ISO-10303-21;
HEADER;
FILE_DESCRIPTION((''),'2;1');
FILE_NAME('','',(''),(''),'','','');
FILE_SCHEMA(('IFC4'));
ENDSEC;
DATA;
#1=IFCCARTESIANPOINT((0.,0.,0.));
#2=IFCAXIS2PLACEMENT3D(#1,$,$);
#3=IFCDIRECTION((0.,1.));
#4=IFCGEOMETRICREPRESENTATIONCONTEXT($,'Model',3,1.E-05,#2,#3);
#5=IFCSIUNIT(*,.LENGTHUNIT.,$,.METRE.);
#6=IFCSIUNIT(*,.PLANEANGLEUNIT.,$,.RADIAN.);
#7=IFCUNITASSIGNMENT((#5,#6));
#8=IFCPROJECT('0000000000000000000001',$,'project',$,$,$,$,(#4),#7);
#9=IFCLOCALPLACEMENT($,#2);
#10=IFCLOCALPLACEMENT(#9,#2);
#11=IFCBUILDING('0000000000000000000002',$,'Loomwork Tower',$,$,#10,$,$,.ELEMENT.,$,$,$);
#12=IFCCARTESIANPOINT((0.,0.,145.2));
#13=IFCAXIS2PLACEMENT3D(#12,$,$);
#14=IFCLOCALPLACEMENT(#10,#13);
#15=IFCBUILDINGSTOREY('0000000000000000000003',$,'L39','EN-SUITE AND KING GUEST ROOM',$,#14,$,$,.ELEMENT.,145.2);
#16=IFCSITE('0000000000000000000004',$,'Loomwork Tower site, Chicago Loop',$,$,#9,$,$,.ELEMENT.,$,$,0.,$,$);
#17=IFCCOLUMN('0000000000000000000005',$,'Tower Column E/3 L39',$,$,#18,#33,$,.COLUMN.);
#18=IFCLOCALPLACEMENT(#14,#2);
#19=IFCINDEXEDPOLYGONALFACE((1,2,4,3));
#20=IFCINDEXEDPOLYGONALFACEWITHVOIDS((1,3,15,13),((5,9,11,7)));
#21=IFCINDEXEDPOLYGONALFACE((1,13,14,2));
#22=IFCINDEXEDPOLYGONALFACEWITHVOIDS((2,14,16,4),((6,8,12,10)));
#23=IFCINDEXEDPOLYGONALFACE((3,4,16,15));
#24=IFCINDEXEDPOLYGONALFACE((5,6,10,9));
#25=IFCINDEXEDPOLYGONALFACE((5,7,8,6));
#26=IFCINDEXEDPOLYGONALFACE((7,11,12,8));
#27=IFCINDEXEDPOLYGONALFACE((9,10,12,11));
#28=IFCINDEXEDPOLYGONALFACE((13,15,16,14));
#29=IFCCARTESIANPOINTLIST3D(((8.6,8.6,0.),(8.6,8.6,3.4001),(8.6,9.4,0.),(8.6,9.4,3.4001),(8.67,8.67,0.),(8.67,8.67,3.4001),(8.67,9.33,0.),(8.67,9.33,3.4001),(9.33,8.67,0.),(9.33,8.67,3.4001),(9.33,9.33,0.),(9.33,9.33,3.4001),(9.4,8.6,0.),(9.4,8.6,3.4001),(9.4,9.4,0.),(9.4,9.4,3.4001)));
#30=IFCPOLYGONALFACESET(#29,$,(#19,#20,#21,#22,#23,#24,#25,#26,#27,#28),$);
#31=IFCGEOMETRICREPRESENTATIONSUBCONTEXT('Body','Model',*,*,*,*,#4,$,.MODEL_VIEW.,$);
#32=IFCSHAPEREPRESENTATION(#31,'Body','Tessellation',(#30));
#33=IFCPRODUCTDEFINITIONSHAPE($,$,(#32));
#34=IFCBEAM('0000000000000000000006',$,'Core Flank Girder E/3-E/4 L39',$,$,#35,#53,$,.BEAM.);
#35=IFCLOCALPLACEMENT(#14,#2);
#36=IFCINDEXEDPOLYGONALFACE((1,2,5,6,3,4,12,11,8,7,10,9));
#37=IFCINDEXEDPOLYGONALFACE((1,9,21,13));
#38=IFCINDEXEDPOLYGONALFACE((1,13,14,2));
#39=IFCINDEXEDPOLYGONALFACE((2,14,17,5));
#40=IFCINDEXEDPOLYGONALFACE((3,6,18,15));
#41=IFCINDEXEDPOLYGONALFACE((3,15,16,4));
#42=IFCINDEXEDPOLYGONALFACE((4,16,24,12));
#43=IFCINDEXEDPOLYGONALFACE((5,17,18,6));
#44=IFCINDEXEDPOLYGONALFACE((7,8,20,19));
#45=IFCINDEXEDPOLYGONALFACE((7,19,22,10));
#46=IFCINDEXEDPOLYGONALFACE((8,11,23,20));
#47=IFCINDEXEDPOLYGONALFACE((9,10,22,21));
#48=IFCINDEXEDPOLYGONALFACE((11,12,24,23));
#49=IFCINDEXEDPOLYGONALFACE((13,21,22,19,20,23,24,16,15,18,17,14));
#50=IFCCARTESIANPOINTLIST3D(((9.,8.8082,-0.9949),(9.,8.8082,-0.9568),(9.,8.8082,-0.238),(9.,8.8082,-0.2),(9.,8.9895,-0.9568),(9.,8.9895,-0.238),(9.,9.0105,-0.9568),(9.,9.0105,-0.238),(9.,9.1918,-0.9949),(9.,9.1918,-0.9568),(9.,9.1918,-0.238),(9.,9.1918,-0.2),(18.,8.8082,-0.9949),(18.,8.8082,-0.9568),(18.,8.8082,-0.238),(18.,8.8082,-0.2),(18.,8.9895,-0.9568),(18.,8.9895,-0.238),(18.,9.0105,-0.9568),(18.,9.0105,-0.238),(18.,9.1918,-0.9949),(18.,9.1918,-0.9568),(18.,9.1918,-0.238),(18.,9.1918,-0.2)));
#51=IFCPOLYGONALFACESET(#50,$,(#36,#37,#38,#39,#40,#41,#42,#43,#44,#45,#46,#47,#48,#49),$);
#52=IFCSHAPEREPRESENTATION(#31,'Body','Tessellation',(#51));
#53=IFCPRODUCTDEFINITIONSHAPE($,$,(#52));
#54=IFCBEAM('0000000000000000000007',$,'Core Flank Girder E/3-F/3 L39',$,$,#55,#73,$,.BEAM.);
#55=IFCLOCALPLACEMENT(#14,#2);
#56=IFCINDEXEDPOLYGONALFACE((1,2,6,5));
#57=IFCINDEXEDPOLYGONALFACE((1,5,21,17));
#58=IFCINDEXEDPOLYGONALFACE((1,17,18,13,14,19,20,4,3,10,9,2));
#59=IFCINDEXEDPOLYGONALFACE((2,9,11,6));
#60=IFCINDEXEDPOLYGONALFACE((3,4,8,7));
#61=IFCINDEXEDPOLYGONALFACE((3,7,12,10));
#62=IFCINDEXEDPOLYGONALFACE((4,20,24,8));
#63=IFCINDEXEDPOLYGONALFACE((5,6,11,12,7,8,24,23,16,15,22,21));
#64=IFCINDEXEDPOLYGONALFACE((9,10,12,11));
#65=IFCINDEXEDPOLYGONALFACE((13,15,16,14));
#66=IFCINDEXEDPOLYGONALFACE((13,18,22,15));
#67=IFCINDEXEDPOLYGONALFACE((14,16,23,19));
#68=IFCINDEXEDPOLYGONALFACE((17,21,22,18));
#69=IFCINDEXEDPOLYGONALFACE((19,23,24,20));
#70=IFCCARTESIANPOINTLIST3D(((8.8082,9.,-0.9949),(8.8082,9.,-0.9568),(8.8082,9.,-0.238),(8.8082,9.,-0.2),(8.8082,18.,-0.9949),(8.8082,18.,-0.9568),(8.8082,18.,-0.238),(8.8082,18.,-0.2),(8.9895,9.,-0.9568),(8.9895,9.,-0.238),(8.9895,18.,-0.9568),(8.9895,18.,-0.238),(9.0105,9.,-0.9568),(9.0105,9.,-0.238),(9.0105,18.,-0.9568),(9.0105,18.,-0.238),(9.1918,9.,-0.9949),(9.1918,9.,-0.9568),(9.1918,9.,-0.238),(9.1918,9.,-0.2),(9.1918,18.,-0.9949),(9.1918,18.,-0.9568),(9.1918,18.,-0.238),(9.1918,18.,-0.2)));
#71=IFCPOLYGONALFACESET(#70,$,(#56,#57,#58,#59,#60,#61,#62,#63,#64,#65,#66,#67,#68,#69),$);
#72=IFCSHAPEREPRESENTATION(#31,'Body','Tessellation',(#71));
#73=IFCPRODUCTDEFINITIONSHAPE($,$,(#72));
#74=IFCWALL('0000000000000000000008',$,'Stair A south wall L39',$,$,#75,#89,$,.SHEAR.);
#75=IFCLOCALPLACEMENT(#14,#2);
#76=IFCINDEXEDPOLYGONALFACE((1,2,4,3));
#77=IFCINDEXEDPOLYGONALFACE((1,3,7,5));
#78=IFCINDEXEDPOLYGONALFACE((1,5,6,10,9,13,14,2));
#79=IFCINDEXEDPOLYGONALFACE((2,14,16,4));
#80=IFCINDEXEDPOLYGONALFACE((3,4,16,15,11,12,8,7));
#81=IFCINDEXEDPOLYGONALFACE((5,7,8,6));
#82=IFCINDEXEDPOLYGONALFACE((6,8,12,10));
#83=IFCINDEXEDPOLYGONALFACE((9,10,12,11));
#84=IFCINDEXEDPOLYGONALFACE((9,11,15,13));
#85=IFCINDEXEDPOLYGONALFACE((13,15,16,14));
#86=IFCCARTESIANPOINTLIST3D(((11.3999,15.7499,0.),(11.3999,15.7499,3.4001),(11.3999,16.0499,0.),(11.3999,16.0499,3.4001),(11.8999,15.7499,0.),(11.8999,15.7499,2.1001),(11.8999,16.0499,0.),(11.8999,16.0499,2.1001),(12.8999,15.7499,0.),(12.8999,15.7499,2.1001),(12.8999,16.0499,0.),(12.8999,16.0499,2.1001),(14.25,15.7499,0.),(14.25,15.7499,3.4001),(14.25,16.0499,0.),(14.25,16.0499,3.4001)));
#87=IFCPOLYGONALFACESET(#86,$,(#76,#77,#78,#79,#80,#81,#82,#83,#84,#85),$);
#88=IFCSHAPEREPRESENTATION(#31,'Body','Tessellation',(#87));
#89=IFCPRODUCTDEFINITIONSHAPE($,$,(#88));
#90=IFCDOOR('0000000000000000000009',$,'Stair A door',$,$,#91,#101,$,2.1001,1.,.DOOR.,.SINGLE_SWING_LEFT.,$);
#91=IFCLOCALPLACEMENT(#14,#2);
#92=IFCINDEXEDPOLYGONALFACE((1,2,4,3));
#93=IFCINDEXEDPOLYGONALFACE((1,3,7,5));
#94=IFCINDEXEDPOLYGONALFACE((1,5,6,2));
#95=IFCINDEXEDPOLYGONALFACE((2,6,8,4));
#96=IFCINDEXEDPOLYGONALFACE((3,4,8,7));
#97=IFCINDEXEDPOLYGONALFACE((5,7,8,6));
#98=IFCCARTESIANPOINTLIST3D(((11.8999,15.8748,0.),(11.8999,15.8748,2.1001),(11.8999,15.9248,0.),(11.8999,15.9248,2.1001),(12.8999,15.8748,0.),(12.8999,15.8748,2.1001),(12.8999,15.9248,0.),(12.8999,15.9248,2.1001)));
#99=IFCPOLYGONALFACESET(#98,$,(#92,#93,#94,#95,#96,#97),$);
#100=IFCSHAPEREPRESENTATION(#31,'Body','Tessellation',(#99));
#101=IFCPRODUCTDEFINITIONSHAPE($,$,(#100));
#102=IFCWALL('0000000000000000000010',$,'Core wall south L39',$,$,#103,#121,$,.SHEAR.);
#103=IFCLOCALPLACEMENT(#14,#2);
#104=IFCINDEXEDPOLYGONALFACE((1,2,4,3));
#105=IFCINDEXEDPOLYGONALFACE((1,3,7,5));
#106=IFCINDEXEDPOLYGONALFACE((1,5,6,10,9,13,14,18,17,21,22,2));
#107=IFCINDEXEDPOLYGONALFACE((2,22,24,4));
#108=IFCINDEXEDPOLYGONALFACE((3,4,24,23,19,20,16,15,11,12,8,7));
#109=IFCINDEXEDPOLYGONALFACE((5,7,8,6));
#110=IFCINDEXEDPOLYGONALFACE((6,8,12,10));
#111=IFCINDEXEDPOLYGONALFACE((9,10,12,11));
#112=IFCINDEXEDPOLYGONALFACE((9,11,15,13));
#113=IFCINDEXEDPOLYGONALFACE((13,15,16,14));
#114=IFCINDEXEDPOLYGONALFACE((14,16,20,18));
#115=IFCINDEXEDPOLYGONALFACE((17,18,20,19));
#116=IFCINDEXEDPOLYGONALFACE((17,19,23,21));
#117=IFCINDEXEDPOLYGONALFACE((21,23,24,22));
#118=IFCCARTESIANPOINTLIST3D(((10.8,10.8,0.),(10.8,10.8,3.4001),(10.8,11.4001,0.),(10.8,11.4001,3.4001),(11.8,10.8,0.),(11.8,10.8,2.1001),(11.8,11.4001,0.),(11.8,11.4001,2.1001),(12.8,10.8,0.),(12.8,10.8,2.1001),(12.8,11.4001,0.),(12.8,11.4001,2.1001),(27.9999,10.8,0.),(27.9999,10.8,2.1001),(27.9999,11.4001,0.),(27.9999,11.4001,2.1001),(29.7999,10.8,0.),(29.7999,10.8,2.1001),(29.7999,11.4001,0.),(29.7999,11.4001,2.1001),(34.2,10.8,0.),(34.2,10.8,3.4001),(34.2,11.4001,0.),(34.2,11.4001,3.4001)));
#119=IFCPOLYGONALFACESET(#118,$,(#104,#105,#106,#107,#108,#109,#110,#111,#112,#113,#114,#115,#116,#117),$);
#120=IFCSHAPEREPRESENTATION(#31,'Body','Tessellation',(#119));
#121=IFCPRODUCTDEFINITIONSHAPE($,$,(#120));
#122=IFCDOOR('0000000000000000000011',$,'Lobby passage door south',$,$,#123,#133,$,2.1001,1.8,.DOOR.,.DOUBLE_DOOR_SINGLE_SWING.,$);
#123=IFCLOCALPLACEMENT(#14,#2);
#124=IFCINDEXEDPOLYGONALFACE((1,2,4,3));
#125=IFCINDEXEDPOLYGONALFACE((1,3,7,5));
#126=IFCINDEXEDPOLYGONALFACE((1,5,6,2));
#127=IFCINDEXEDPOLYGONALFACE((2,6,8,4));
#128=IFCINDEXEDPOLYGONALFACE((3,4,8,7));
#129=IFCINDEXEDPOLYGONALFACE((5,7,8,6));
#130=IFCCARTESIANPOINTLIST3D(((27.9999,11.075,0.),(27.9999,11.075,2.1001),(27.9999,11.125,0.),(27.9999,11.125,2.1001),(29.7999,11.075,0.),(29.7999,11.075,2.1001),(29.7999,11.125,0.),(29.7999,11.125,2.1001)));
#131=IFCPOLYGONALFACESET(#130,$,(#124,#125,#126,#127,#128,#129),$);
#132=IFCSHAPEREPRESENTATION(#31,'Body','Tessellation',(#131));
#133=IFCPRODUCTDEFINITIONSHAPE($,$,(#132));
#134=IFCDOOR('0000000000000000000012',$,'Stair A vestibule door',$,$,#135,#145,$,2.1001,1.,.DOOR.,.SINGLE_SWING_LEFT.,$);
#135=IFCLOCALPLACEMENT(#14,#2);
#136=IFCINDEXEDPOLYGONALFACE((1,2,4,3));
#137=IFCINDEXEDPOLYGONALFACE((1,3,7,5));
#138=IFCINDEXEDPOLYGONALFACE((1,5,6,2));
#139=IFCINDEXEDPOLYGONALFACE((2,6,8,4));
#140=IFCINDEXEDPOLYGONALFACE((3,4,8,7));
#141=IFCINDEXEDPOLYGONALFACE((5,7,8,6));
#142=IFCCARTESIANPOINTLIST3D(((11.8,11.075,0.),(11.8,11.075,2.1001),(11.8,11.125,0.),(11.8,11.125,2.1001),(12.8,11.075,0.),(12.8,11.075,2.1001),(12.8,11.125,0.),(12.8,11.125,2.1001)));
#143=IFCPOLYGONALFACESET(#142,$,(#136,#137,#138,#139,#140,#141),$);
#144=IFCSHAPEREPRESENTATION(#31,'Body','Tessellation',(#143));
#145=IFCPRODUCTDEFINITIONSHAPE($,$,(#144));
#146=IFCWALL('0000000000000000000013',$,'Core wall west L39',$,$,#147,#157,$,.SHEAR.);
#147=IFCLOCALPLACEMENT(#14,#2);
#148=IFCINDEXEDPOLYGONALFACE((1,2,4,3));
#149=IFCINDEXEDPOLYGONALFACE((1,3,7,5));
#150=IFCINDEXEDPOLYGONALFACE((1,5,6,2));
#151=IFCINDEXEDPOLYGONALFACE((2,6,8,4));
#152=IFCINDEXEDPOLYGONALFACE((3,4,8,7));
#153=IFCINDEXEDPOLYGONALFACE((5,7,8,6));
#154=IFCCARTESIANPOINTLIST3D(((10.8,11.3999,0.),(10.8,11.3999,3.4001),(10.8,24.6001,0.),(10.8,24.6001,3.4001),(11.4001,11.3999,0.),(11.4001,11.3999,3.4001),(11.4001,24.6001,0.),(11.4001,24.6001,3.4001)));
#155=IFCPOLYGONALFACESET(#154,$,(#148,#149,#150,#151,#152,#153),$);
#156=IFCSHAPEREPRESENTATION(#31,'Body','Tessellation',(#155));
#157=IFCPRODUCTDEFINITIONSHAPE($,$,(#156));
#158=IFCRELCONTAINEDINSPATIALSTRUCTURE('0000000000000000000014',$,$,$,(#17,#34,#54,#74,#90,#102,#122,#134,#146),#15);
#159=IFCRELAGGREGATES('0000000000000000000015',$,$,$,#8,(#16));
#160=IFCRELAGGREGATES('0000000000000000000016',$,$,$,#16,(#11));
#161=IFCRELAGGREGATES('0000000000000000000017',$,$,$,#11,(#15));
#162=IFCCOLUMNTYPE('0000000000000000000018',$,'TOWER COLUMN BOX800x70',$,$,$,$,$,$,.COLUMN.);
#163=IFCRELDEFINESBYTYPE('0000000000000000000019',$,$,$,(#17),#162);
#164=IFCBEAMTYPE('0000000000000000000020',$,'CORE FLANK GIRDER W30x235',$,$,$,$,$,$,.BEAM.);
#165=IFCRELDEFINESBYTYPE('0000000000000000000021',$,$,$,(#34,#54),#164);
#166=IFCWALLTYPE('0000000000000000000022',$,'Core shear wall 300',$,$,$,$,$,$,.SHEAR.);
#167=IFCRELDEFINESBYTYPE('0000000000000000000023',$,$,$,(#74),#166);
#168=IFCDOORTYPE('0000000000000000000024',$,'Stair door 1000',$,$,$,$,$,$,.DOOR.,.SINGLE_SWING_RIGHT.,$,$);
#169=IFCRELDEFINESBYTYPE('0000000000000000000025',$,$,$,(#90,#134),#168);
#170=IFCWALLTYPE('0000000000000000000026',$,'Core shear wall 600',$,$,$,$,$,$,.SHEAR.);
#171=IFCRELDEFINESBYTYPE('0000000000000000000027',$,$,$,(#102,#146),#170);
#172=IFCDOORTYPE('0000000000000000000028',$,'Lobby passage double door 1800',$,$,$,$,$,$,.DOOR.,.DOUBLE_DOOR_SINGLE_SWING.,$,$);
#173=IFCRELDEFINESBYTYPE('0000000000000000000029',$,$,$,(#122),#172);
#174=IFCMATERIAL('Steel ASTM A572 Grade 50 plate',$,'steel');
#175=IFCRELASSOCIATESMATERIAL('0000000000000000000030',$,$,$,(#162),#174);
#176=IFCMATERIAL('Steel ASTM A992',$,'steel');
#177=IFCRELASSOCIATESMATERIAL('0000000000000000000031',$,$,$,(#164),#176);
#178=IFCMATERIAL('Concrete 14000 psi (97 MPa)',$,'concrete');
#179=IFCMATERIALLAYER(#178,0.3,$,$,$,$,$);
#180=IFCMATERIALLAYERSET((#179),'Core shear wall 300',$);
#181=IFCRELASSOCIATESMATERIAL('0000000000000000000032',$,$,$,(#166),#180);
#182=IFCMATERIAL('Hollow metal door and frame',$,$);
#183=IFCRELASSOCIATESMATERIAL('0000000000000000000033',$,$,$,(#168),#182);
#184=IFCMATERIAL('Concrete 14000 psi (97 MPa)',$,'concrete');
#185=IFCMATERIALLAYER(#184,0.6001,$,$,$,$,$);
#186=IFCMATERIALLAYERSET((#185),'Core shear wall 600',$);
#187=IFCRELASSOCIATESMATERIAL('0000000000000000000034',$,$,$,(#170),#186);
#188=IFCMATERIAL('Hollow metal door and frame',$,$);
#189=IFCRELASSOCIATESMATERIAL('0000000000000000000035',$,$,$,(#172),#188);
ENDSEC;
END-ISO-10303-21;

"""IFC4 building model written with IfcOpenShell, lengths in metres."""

from ifc_helpers import new_model, si_unit, direction, frame, frame_2d, origin, origin_2d, place, context, subcontext, project, spatial, rectangle, hollow_rectangle, i_section, extrude, material, layer, layer_set, material_profile, profile_set, type_object, element, fill, save


model = new_model("IFC4")

# Units and contexts
model_context = context("Model", 3, precision=1e-05, world=origin(), true_north=direction((0.0, 1.0)))
body_context = subcontext(model_context, "Body", "Model", "MODEL_VIEW")
ifc_project = project(units=[si_unit("LENGTHUNIT", "METRE"), si_unit("PLANEANGLEUNIT", "RADIAN")], contexts=[model_context])

# Site, building, storey
site_placement = place(None, origin())
site = spatial("IfcSite", under=ifc_project, at=site_placement, Name="Loomwork Tower site, Chicago Loop", CompositionType="ELEMENT", RefElevation=0.0)
building_placement = place(site_placement, origin())
building = spatial("IfcBuilding", under=site, at=building_placement, Name="Loomwork Tower", CompositionType="ELEMENT")
storey_placement = place(building_placement, frame((0.0, 0.0, 145.2)))
storey = spatial("IfcBuildingStorey", under=building, at=storey_placement, Name="L39", Description="EN-SUITE AND KING GUEST ROOM", CompositionType="ELEMENT", Elevation=145.2)

# Column
ifc_material_1 = material(Name="Steel ASTM A572 Grade 50 plate", Category="steel")
ifc_material_profile_1 = material_profile(ifc_material_1, hollow_rectangle(XDim=0.8, YDim=0.8, WallThickness=0.0701, at=origin_2d()), Name="BOX800x70")
ifc_profile_set_1 = profile_set([ifc_material_profile_1], Name="Steel ASTM A572 Grade 50 plate")
column_type = type_object("IfcColumnType", Name="TOWER COLUMN BOX800x70", PredefinedType="COLUMN", material=ifc_profile_set_1)
column_placement = place(storey_placement, frame((9.0, 9.0, 0.0), z_axis=(0.0, 0.0, 1.0), x_axis=(1.0, 0.0, 0.0)))
element("IfcColumn", 1, at=column_placement, inside=storey, type_object=column_type, Name="Tower Column E/3 L39", PredefinedType="COLUMN", context=body_context, shape_type="SweptSolid", body=[
    extrude(hollow_rectangle(XDim=0.8, YDim=0.8, WallThickness=0.0701, at=origin_2d()), origin(), (0.0, 0.0, 1.0), 3.4001),
])

# Beams
ifc_material_2 = material(Name="Steel ASTM A992", Category="steel")
ifc_material_profile_2 = material_profile(ifc_material_2, i_section(OverallWidth=0.3835, OverallDepth=0.7949, WebThickness=0.021, FlangeThickness=0.0381, at=origin_2d()), Name="W30x235")
ifc_profile_set_2 = profile_set([ifc_material_profile_2], Name="Steel ASTM A992")
beam_type = type_object("IfcBeamType", Name="CORE FLANK GIRDER W30x235", PredefinedType="BEAM", material=ifc_profile_set_2)
for number, where, z_axis, x_axis, name in (
    (2, (9.0, 9.0, -0.5974), (1.0, 0.0, 0.0), (0.0, 1.0, 0.0), "Core Flank Girder E/3-E/4 L39"),
    (3, (9.0, 9.0, -0.5974), (0.0, 1.0, 0.0), (-1.0, 0.0, 0.0), "Core Flank Girder E/3-F/3 L39"),
):
    element("IfcBeam", number, at=place(storey_placement, frame(where, z_axis=z_axis, x_axis=x_axis)), inside=storey, type_object=beam_type, Name=name, PredefinedType="BEAM", context=body_context, shape_type="SweptSolid", body=[
        extrude(i_section(OverallWidth=0.3835, OverallDepth=0.7949, WebThickness=0.021, FlangeThickness=0.0381, at=origin_2d()), origin(), (0.0, 0.0, 1.0), 9.0),
    ])

# Wall, opening, door
ifc_material_3 = material(Name="Concrete 14000 psi (97 MPa)", Category="concrete")
ifc_layer_1 = layer(ifc_material_3, 0.3)
ifc_layer_set_1 = layer_set([ifc_layer_1], Name="Core shear wall 300")
wall_type_1 = type_object("IfcWallType", Name="Core shear wall 300", PredefinedType="SHEAR", material=ifc_layer_set_1)
wall_1_placement = place(storey_placement, frame((11.3999, 15.8999, 0.0), z_axis=(0.0, 0.0, 1.0), x_axis=(1.0, 0.0, 0.0)))
wall_1 = element("IfcWall", 4, at=wall_1_placement, inside=storey, type_object=wall_type_1, Name="Stair A south wall L39", PredefinedType="SHEAR", context=body_context, shape_type="SweptSolid", body=[
    extrude(rectangle(XDim=2.8501, YDim=0.3, at=frame_2d((1.425, 0.0))), origin(), (0.0, 0.0, 1.0), 3.4001),
])
opening_1_placement = place(wall_1_placement, frame((0.5, 0.0, 0.0)))
opening_1 = element("IfcOpeningElement", 5, at=opening_1_placement, cuts=wall_1, PredefinedType="OPENING", context=body_context, shape_type="SweptSolid", body=[
    extrude(rectangle(XDim=1.0, YDim=2.1001, at=frame_2d((0.5, 1.05))), frame((0.0, 0.1599, 0.0), z_axis=(0.0, -1.0, 0.0), x_axis=(1.0, 0.0, 0.0)), (0.0, 0.0, 1.0), 0.3201),
])
ifc_material_4 = material(Name="Hollow metal door and frame")
door_type_1 = type_object("IfcDoorType", Name="Stair door 1000", OperationType="SINGLE_SWING_RIGHT", PredefinedType="DOOR", material=ifc_material_4)
door_1_placement = place(opening_1_placement, origin())
door_1 = element("IfcDoor", 6, at=door_1_placement, inside=storey, type_object=door_type_1, Name="Stair A door", OperationType="SINGLE_SWING_LEFT", OverallHeight=2.1001, OverallWidth=1.0, PredefinedType="DOOR", context=body_context, shape_type="SweptSolid", body=[
    extrude(rectangle(XDim=1.0, YDim=2.1001, at=frame_2d((0.5, 1.05))), frame((0.0, 0.0249, 0.0), z_axis=(0.0, -1.0, 0.0), x_axis=(1.0, 0.0, 0.0)), (0.0, 0.0, 1.0), 0.05),
])
fill(opening_1, door_1)

# Wall, openings, doors
ifc_material_5 = material(Name="Concrete 14000 psi (97 MPa)", Category="concrete")
ifc_layer_2 = layer(ifc_material_5, 0.6001)
ifc_layer_set_2 = layer_set([ifc_layer_2], Name="Core shear wall 600")
wall_type_2 = type_object("IfcWallType", Name="Core shear wall 600", PredefinedType="SHEAR", material=ifc_layer_set_2)
wall_2_placement = place(storey_placement, frame((10.8, 11.1001, 0.0), z_axis=(0.0, 0.0, 1.0), x_axis=(1.0, 0.0, 0.0)))
wall_2 = element("IfcWall", 7, at=wall_2_placement, inside=storey, type_object=wall_type_2, Name="Core wall south L39", PredefinedType="SHEAR", context=body_context, shape_type="SweptSolid", body=[
    extrude(rectangle(XDim=23.3999, YDim=0.6001, at=frame_2d((11.7, 0.0))), origin(), (0.0, 0.0, 1.0), 3.4001),
])
opening_2_placement = place(wall_2_placement, frame((1.0, 0.0, 0.0)))
opening_2 = element("IfcOpeningElement", 8, at=opening_2_placement, cuts=wall_2, PredefinedType="OPENING", context=body_context, shape_type="SweptSolid", body=[
    extrude(rectangle(XDim=1.0, YDim=2.1001, at=frame_2d((0.5, 1.05))), frame((0.0, 0.3101, 0.0), z_axis=(0.0, -1.0, 0.0), x_axis=(1.0, 0.0, 0.0)), (0.0, 0.0, 1.0), 0.6201),
])
opening_3_placement = place(wall_2_placement, frame((17.2, 0.0, 0.0)))
opening_3 = element("IfcOpeningElement", 9, at=opening_3_placement, cuts=wall_2, PredefinedType="OPENING", context=body_context, shape_type="SweptSolid", body=[
    extrude(rectangle(XDim=1.8, YDim=2.1001, at=frame_2d((0.8999, 1.05))), frame((0.0, 0.3101, 0.0), z_axis=(0.0, -1.0, 0.0), x_axis=(1.0, 0.0, 0.0)), (0.0, 0.0, 1.0), 0.6201),
])
ifc_material_6 = material(Name="Hollow metal door and frame")
door_type_2 = type_object("IfcDoorType", Name="Lobby passage double door 1800", OperationType="DOUBLE_DOOR_SINGLE_SWING", PredefinedType="DOOR", material=ifc_material_6)
door_2_placement = place(opening_3_placement, origin())
door_2 = element("IfcDoor", 10, at=door_2_placement, inside=storey, type_object=door_type_2, Name="Lobby passage door south", OperationType="DOUBLE_DOOR_SINGLE_SWING", OverallHeight=2.1001, OverallWidth=1.8, PredefinedType="DOOR", context=body_context, shape_type="SweptSolid", body=[
    extrude(rectangle(XDim=1.8, YDim=2.1001, at=frame_2d((0.8999, 1.05))), frame((0.0, 0.0249, 0.0), z_axis=(0.0, -1.0, 0.0), x_axis=(1.0, 0.0, 0.0)), (0.0, 0.0, 1.0), 0.05),
])
fill(opening_3, door_2)
door_3_placement = place(opening_2_placement, origin())
door_3 = element("IfcDoor", 11, at=door_3_placement, inside=storey, type_object=door_type_1, Name="Stair A vestibule door", OperationType="SINGLE_SWING_LEFT", OverallHeight=2.1001, OverallWidth=1.0, PredefinedType="DOOR", context=body_context, shape_type="SweptSolid", body=[
    extrude(rectangle(XDim=1.0, YDim=2.1001, at=frame_2d((0.5, 1.05))), frame((0.0, 0.0249, 0.0), z_axis=(0.0, -1.0, 0.0), x_axis=(1.0, 0.0, 0.0)), (0.0, 0.0, 1.0), 0.05),
])
fill(opening_2, door_3)

# Wall
wall_3_placement = place(storey_placement, frame((11.1001, 11.3999, 0.0), z_axis=(0.0, 0.0, 1.0), x_axis=(0.0, 1.0, 0.0)))
element("IfcWall", 12, at=wall_3_placement, inside=storey, type_object=wall_type_2, Name="Core wall west L39", PredefinedType="SHEAR", context=body_context, shape_type="SweptSolid", body=[
    extrude(rectangle(XDim=13.2002, YDim=0.6001, at=frame_2d((6.6001, 0.0))), origin(), (0.0, 0.0, 1.0), 3.4001),
])

save(model, "model.ifc")
